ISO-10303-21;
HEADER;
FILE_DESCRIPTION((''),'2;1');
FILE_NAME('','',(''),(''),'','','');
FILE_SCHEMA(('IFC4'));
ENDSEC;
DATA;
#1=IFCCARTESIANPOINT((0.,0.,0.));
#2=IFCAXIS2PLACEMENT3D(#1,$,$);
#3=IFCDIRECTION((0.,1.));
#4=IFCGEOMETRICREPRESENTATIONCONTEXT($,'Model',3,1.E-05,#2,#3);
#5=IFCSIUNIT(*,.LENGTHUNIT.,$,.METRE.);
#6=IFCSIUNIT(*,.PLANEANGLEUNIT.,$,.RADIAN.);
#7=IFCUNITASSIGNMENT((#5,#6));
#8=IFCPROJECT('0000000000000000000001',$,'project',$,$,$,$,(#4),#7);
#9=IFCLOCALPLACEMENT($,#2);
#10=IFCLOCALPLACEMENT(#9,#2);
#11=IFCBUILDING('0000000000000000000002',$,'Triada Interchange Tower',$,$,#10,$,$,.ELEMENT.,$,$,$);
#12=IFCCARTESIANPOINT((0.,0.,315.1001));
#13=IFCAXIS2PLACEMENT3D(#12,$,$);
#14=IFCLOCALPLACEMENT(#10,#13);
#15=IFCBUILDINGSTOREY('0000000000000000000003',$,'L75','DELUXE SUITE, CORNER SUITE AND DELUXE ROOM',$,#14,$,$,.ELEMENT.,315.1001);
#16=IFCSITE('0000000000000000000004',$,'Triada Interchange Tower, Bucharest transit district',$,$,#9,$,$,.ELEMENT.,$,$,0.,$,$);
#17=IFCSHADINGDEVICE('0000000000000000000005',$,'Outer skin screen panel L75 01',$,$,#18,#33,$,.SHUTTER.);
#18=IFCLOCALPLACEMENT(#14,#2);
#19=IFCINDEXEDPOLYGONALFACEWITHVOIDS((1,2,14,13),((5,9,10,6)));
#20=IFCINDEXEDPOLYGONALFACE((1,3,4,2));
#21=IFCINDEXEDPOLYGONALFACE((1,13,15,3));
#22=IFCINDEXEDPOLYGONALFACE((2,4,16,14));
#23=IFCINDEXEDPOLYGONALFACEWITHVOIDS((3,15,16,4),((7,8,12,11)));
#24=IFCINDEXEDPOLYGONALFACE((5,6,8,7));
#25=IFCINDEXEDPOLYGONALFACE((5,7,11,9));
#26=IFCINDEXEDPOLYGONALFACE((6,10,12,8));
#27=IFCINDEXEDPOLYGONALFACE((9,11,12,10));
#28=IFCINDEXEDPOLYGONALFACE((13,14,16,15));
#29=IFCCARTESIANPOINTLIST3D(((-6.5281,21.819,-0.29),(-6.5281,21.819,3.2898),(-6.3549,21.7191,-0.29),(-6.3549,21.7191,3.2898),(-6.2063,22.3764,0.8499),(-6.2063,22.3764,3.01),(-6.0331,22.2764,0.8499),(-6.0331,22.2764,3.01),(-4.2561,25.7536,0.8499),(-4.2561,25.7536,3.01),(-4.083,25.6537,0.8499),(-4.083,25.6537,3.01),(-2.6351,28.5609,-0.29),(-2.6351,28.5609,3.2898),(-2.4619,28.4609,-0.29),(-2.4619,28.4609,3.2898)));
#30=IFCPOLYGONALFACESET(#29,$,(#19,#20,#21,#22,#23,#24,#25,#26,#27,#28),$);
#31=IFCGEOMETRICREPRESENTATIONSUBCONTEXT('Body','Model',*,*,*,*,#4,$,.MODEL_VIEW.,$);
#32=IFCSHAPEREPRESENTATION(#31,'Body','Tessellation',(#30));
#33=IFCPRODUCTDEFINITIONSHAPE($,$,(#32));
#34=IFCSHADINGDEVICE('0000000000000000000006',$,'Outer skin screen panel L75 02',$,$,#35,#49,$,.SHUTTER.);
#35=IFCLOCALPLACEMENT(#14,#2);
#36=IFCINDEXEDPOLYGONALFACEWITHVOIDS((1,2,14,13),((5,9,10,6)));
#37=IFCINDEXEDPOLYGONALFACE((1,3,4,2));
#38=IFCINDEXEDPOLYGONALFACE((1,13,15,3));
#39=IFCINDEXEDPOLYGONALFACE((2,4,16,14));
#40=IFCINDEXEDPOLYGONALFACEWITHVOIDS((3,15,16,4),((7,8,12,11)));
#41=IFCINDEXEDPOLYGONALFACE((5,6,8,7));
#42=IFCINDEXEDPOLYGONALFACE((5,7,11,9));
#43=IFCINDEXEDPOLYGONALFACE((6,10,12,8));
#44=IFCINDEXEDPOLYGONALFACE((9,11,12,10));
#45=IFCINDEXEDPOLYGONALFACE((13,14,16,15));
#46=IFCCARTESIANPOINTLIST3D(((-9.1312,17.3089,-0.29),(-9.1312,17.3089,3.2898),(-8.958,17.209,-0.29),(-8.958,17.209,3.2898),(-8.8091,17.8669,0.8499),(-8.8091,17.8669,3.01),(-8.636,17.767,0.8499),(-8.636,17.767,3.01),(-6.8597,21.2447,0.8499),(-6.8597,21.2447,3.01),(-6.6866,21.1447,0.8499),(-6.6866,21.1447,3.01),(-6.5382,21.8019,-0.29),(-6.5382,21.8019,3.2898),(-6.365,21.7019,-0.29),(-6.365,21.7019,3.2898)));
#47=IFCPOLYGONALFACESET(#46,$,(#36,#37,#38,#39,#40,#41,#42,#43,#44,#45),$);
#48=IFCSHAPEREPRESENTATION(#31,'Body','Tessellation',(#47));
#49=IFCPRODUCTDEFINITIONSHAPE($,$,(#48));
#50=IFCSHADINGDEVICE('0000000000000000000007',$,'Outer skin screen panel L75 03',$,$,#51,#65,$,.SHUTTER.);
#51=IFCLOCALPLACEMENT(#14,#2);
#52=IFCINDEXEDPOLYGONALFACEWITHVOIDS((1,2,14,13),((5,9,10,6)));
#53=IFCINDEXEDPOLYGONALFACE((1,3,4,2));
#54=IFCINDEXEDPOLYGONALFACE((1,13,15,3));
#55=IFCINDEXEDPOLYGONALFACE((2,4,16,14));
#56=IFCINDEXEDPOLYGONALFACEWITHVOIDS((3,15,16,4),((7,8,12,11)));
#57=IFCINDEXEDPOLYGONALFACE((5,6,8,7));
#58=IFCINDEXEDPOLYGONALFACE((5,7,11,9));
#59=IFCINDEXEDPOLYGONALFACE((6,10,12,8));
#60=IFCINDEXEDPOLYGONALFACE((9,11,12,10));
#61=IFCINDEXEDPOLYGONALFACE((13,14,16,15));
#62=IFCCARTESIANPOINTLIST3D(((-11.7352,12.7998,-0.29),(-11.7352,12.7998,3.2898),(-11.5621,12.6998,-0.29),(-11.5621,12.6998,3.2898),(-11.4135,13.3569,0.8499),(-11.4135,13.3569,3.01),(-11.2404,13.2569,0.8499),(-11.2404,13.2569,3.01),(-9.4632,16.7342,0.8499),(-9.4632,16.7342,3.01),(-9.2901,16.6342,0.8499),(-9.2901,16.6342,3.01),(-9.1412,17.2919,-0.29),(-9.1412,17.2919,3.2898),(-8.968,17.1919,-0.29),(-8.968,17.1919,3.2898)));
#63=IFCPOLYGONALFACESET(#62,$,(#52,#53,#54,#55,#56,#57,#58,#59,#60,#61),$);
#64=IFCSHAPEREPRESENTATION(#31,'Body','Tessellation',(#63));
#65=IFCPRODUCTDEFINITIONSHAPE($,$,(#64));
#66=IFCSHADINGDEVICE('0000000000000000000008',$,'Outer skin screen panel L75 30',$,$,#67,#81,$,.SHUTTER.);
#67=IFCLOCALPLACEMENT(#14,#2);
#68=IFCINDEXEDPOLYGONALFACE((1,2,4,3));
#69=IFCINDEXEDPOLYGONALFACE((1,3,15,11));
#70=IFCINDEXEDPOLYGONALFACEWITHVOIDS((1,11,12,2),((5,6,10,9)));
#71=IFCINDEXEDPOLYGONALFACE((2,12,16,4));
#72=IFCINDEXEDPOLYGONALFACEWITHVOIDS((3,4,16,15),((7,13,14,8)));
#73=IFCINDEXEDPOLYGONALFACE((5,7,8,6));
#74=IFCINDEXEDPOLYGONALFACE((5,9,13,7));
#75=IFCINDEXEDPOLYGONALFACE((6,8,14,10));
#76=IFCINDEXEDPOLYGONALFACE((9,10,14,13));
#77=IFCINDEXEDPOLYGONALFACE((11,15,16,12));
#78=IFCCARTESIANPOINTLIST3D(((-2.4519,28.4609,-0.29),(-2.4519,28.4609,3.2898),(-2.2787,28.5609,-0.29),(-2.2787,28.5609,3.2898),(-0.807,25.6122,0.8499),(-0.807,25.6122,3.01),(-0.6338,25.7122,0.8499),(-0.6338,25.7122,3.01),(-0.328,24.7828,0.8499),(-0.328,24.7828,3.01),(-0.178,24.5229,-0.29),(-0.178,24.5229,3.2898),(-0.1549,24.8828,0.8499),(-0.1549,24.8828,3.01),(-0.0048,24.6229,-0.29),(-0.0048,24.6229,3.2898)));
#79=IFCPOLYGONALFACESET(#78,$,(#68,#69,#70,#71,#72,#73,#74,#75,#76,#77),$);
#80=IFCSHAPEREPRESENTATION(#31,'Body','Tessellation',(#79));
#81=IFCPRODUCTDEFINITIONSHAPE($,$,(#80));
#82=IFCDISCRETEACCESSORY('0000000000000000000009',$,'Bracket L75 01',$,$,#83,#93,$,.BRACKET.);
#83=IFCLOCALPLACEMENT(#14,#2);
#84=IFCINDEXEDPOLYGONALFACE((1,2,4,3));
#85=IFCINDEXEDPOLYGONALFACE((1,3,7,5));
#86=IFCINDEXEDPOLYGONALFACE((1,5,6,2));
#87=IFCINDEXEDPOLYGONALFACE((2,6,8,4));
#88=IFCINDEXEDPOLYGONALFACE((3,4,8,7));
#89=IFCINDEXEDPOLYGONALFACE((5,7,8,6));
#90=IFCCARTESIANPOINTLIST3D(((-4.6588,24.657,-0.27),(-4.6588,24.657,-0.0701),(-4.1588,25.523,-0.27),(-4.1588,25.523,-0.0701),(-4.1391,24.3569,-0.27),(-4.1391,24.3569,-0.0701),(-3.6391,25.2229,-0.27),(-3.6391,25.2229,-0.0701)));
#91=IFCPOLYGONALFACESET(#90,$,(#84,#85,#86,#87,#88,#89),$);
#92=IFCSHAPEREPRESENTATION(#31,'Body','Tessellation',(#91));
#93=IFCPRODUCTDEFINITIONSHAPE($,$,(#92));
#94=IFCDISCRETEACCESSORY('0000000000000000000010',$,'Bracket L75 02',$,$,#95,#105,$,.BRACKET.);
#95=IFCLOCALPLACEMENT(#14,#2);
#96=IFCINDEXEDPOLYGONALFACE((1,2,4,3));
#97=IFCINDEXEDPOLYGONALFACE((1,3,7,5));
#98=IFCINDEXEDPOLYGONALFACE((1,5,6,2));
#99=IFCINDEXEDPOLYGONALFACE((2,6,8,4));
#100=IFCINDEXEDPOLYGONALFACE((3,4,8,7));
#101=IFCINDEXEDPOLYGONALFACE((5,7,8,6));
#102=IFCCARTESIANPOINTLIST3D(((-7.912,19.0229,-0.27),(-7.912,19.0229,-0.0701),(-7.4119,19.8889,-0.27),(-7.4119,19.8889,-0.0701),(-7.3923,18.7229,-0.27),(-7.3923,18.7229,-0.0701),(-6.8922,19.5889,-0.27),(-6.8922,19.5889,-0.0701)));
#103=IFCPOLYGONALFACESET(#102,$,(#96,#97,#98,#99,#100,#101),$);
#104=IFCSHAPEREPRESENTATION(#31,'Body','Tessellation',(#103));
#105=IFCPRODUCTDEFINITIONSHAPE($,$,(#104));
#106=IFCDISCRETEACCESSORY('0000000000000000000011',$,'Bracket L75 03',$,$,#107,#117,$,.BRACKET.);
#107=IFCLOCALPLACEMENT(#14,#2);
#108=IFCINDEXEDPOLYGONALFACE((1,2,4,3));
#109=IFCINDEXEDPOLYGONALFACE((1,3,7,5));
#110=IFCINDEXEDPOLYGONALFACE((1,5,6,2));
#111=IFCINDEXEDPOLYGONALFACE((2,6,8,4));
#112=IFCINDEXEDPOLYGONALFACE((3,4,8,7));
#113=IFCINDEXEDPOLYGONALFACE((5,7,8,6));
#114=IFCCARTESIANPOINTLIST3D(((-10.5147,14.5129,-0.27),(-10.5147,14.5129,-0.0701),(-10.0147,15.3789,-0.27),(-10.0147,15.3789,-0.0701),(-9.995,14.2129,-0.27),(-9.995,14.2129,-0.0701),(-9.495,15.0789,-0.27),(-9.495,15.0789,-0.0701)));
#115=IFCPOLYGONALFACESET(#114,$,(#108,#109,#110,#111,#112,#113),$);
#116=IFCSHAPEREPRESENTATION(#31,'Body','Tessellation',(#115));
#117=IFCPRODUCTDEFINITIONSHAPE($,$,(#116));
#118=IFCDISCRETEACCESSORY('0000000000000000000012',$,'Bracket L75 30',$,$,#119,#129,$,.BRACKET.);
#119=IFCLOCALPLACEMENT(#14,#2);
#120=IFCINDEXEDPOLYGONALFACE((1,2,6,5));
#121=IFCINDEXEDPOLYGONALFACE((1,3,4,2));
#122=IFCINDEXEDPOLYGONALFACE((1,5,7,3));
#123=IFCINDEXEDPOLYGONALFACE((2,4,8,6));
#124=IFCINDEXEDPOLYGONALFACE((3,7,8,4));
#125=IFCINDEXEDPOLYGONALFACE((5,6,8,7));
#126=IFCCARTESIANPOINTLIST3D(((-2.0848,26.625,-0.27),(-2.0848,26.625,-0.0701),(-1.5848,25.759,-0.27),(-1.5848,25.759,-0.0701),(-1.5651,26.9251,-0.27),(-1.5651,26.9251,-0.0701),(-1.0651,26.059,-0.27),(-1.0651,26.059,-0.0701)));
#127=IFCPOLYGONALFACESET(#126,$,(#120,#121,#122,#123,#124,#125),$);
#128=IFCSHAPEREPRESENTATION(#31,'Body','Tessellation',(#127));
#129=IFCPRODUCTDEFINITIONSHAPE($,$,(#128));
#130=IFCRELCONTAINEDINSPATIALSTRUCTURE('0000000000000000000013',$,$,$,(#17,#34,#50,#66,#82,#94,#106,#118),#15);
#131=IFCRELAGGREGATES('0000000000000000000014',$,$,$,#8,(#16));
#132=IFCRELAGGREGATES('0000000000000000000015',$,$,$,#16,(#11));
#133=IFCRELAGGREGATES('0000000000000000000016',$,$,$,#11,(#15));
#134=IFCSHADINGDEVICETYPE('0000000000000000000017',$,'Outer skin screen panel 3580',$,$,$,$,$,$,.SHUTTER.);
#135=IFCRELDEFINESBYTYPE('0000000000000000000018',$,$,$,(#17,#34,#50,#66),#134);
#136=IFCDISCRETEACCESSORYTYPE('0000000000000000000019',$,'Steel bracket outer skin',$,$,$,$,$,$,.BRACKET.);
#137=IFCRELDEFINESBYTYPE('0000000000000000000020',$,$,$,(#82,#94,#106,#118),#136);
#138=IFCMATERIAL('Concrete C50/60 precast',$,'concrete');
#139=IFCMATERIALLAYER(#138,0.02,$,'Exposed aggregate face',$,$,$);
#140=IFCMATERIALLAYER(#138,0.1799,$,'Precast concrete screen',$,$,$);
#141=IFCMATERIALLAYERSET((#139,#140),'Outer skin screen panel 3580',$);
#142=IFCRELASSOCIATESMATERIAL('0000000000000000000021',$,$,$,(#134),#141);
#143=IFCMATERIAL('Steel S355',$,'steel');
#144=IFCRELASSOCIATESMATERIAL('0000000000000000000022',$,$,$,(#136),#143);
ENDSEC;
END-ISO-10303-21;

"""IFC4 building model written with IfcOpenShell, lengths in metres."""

from ifc_helpers import new_model, si_unit, direction, frame, origin, origin_2d, place, context, subcontext, project, spatial, polyline, rectangle, outline, extrude, material, layer, layer_set, type_object, element, save


model = new_model("IFC4")

# Units and contexts
model_context = context("Model", 3, precision=1e-05, world=origin(), true_north=direction((0.0, 1.0)))
body_context = subcontext(model_context, "Body", "Model", "MODEL_VIEW")
ifc_project = project(units=[si_unit("LENGTHUNIT", "METRE"), si_unit("PLANEANGLEUNIT", "RADIAN")], contexts=[model_context])

# Site, building, storey
site_placement = place(None, origin())
site = spatial("IfcSite", under=ifc_project, at=site_placement, Name="Triada Interchange Tower, Bucharest transit district", CompositionType="ELEMENT", RefElevation=0.0)
building_placement = place(site_placement, origin())
building = spatial("IfcBuilding", under=site, at=building_placement, Name="Triada Interchange Tower", CompositionType="ELEMENT")
storey_placement = place(building_placement, frame((0.0, 0.0, 315.1001)))
storey = spatial("IfcBuildingStorey", under=building, at=storey_placement, Name="L75", Description="DELUXE SUITE, CORNER SUITE AND DELUXE ROOM", CompositionType="ELEMENT", Elevation=315.1001)

# Shading devices
ifc_material_1 = material(Name="Concrete C50/60 precast", Category="concrete")
ifc_layer_1 = layer(ifc_material_1, 0.02, Name="Exposed aggregate face")
ifc_layer_2 = layer(ifc_material_1, 0.1799, Name="Precast concrete screen")
ifc_layer_set_1 = layer_set([ifc_layer_1, ifc_layer_2], Name="Outer skin screen panel 3580")
shading_device_type = type_object("IfcShadingDeviceType", Name="Outer skin screen panel 3580", PredefinedType="SHUTTER", material=ifc_layer_set_1)
shading_device_1_placement = place(storey_placement, frame((-2.4619, 28.4609, -0.29), z_axis=(0.0, 0.0, 1.0), x_axis=(-0.500058, -0.865992, 0.0)))
element("IfcShadingDevice", 1, at=shading_device_1_placement, inside=storey, type_object=shading_device_type, Name="Outer skin screen panel L75 01", PredefinedType="SHUTTER", context=body_context, shape_type="SweptSolid", body=[
    extrude(outline(polyline([(0.0, 0.0), (7.7852, 0.0), (7.7852, 3.5798), (0.0, 3.5798), (0.0, 0.0)]), holes=[polyline([(3.2417, 1.1399), (3.2417, 3.3), (7.1416, 3.3), (7.1416, 1.1399), (3.2417, 1.1399)])]), frame((0.0, 0.0, 0.0), z_axis=(0.0, -1.0, 0.0), x_axis=(1.0, 0.0, 0.0)), (0.0, 0.0, 1.0), 0.2),
])
shading_device_2_placement = place(storey_placement, frame((-6.365, 21.7019, -0.29), z_axis=(0.0, 0.0, 1.0), x_axis=(-0.49986, -0.866106, 0.0)))
element("IfcShadingDevice", 2, at=shading_device_2_placement, inside=storey, type_object=shading_device_type, Name="Outer skin screen panel L75 02", PredefinedType="SHUTTER", context=body_context, shape_type="SweptSolid", body=[
    extrude(outline(polyline([(0.0, 0.0), (5.1875, 0.0), (5.1875, 3.5798), (0.0, 3.5798), (0.0, 0.0)]), holes=[polyline([(0.6433, 1.1399), (0.6433, 3.3), (4.5432, 3.3), (4.5432, 1.1399), (0.6433, 1.1399)])]), frame((0.0, 0.0, 0.0), z_axis=(0.0, -1.0, 0.0), x_axis=(1.0, 0.0, 0.0)), (0.0, 0.0, 1.0), 0.2),
])
shading_device_3_placement = place(storey_placement, frame((-8.968, 17.1919, -0.29), z_axis=(0.0, 0.0, 1.0), x_axis=(-0.500082, -0.865978, 0.0)))
element("IfcShadingDevice", 3, at=shading_device_3_placement, inside=storey, type_object=shading_device_type, Name="Outer skin screen panel L75 03", PredefinedType="SHUTTER", context=body_context, shape_type="SweptSolid", body=[
    extrude(outline(polyline([(0.0, 0.0), (5.1873, 0.0), (5.1873, 3.5798), (0.0, 3.5798), (0.0, 0.0)]), holes=[polyline([(0.644, 1.1399), (0.644, 3.3), (4.5439, 3.3), (4.5439, 1.1399), (0.644, 1.1399)])]), frame((0.0, 0.0, 0.0), z_axis=(0.0, -1.0, 0.0), x_axis=(1.0, 0.0, 0.0)), (0.0, 0.0, 1.0), 0.2),
])
shading_device_4_placement = place(storey_placement, frame((-0.178, 24.5229, -0.29), z_axis=(0.0, 0.0, 1.0), x_axis=(-0.500054, 0.865994, 0.0)))
element("IfcShadingDevice", 4, at=shading_device_4_placement, inside=storey, type_object=shading_device_type, Name="Outer skin screen panel L75 30", PredefinedType="SHUTTER", context=body_context, shape_type="SweptSolid", body=[
    extrude(outline(polyline([(0.0, 0.0), (4.5474, 0.0), (4.5474, 3.5798), (0.0, 3.5798), (0.0, 0.0)]), holes=[polyline([(0.3, 1.1399), (0.3, 3.3), (1.2578, 3.3), (1.2578, 1.1399), (0.3, 1.1399)])]), frame((0.0, 0.0, 0.0), z_axis=(0.0, -1.0, 0.0), x_axis=(1.0, 0.0, 0.0)), (0.0, 0.0, 1.0), 0.2),
])

# Discrete accessories
ifc_material_2 = material(Name="Steel S355", Category="steel")
discrete_accessory_type = type_object("IfcDiscreteAccessoryType", Name="Steel bracket outer skin", PredefinedType="BRACKET", material=ifc_material_2)
for number, where, z_axis, x_axis, name in (
    (5, (-4.1489, 24.9399, -0.27), (0.0, 0.0, 1.0), (-0.866025, 0.500001, 0.0), "Bracket L75 01"),
    (6, (-7.4021, 19.3059, -0.27), (0.0, 0.0, 1.0), (-0.866025, 0.500001, 0.0), "Bracket L75 02"),
    (7, (-10.0049, 14.7959, -0.27), (0.0, 0.0, 1.0), (-0.866025, 0.500001, 0.0), "Bracket L75 03"),
    (8, (-1.575, 26.342, -0.27), (0.0, 0.0, 1.0), (0.866043, 0.499969, 0.0), "Bracket L75 30"),
):
    element("IfcDiscreteAccessory", number, at=place(storey_placement, frame(where, z_axis=z_axis, x_axis=x_axis)), inside=storey, type_object=discrete_accessory_type, Name=name, PredefinedType="BRACKET", context=body_context, shape_type="SweptSolid", body=[
        extrude(rectangle(XDim=0.6001, YDim=1.0, at=origin_2d()), origin(), (0.0, 0.0, 1.0), 0.2),
    ])

save(model, "model.ifc")
